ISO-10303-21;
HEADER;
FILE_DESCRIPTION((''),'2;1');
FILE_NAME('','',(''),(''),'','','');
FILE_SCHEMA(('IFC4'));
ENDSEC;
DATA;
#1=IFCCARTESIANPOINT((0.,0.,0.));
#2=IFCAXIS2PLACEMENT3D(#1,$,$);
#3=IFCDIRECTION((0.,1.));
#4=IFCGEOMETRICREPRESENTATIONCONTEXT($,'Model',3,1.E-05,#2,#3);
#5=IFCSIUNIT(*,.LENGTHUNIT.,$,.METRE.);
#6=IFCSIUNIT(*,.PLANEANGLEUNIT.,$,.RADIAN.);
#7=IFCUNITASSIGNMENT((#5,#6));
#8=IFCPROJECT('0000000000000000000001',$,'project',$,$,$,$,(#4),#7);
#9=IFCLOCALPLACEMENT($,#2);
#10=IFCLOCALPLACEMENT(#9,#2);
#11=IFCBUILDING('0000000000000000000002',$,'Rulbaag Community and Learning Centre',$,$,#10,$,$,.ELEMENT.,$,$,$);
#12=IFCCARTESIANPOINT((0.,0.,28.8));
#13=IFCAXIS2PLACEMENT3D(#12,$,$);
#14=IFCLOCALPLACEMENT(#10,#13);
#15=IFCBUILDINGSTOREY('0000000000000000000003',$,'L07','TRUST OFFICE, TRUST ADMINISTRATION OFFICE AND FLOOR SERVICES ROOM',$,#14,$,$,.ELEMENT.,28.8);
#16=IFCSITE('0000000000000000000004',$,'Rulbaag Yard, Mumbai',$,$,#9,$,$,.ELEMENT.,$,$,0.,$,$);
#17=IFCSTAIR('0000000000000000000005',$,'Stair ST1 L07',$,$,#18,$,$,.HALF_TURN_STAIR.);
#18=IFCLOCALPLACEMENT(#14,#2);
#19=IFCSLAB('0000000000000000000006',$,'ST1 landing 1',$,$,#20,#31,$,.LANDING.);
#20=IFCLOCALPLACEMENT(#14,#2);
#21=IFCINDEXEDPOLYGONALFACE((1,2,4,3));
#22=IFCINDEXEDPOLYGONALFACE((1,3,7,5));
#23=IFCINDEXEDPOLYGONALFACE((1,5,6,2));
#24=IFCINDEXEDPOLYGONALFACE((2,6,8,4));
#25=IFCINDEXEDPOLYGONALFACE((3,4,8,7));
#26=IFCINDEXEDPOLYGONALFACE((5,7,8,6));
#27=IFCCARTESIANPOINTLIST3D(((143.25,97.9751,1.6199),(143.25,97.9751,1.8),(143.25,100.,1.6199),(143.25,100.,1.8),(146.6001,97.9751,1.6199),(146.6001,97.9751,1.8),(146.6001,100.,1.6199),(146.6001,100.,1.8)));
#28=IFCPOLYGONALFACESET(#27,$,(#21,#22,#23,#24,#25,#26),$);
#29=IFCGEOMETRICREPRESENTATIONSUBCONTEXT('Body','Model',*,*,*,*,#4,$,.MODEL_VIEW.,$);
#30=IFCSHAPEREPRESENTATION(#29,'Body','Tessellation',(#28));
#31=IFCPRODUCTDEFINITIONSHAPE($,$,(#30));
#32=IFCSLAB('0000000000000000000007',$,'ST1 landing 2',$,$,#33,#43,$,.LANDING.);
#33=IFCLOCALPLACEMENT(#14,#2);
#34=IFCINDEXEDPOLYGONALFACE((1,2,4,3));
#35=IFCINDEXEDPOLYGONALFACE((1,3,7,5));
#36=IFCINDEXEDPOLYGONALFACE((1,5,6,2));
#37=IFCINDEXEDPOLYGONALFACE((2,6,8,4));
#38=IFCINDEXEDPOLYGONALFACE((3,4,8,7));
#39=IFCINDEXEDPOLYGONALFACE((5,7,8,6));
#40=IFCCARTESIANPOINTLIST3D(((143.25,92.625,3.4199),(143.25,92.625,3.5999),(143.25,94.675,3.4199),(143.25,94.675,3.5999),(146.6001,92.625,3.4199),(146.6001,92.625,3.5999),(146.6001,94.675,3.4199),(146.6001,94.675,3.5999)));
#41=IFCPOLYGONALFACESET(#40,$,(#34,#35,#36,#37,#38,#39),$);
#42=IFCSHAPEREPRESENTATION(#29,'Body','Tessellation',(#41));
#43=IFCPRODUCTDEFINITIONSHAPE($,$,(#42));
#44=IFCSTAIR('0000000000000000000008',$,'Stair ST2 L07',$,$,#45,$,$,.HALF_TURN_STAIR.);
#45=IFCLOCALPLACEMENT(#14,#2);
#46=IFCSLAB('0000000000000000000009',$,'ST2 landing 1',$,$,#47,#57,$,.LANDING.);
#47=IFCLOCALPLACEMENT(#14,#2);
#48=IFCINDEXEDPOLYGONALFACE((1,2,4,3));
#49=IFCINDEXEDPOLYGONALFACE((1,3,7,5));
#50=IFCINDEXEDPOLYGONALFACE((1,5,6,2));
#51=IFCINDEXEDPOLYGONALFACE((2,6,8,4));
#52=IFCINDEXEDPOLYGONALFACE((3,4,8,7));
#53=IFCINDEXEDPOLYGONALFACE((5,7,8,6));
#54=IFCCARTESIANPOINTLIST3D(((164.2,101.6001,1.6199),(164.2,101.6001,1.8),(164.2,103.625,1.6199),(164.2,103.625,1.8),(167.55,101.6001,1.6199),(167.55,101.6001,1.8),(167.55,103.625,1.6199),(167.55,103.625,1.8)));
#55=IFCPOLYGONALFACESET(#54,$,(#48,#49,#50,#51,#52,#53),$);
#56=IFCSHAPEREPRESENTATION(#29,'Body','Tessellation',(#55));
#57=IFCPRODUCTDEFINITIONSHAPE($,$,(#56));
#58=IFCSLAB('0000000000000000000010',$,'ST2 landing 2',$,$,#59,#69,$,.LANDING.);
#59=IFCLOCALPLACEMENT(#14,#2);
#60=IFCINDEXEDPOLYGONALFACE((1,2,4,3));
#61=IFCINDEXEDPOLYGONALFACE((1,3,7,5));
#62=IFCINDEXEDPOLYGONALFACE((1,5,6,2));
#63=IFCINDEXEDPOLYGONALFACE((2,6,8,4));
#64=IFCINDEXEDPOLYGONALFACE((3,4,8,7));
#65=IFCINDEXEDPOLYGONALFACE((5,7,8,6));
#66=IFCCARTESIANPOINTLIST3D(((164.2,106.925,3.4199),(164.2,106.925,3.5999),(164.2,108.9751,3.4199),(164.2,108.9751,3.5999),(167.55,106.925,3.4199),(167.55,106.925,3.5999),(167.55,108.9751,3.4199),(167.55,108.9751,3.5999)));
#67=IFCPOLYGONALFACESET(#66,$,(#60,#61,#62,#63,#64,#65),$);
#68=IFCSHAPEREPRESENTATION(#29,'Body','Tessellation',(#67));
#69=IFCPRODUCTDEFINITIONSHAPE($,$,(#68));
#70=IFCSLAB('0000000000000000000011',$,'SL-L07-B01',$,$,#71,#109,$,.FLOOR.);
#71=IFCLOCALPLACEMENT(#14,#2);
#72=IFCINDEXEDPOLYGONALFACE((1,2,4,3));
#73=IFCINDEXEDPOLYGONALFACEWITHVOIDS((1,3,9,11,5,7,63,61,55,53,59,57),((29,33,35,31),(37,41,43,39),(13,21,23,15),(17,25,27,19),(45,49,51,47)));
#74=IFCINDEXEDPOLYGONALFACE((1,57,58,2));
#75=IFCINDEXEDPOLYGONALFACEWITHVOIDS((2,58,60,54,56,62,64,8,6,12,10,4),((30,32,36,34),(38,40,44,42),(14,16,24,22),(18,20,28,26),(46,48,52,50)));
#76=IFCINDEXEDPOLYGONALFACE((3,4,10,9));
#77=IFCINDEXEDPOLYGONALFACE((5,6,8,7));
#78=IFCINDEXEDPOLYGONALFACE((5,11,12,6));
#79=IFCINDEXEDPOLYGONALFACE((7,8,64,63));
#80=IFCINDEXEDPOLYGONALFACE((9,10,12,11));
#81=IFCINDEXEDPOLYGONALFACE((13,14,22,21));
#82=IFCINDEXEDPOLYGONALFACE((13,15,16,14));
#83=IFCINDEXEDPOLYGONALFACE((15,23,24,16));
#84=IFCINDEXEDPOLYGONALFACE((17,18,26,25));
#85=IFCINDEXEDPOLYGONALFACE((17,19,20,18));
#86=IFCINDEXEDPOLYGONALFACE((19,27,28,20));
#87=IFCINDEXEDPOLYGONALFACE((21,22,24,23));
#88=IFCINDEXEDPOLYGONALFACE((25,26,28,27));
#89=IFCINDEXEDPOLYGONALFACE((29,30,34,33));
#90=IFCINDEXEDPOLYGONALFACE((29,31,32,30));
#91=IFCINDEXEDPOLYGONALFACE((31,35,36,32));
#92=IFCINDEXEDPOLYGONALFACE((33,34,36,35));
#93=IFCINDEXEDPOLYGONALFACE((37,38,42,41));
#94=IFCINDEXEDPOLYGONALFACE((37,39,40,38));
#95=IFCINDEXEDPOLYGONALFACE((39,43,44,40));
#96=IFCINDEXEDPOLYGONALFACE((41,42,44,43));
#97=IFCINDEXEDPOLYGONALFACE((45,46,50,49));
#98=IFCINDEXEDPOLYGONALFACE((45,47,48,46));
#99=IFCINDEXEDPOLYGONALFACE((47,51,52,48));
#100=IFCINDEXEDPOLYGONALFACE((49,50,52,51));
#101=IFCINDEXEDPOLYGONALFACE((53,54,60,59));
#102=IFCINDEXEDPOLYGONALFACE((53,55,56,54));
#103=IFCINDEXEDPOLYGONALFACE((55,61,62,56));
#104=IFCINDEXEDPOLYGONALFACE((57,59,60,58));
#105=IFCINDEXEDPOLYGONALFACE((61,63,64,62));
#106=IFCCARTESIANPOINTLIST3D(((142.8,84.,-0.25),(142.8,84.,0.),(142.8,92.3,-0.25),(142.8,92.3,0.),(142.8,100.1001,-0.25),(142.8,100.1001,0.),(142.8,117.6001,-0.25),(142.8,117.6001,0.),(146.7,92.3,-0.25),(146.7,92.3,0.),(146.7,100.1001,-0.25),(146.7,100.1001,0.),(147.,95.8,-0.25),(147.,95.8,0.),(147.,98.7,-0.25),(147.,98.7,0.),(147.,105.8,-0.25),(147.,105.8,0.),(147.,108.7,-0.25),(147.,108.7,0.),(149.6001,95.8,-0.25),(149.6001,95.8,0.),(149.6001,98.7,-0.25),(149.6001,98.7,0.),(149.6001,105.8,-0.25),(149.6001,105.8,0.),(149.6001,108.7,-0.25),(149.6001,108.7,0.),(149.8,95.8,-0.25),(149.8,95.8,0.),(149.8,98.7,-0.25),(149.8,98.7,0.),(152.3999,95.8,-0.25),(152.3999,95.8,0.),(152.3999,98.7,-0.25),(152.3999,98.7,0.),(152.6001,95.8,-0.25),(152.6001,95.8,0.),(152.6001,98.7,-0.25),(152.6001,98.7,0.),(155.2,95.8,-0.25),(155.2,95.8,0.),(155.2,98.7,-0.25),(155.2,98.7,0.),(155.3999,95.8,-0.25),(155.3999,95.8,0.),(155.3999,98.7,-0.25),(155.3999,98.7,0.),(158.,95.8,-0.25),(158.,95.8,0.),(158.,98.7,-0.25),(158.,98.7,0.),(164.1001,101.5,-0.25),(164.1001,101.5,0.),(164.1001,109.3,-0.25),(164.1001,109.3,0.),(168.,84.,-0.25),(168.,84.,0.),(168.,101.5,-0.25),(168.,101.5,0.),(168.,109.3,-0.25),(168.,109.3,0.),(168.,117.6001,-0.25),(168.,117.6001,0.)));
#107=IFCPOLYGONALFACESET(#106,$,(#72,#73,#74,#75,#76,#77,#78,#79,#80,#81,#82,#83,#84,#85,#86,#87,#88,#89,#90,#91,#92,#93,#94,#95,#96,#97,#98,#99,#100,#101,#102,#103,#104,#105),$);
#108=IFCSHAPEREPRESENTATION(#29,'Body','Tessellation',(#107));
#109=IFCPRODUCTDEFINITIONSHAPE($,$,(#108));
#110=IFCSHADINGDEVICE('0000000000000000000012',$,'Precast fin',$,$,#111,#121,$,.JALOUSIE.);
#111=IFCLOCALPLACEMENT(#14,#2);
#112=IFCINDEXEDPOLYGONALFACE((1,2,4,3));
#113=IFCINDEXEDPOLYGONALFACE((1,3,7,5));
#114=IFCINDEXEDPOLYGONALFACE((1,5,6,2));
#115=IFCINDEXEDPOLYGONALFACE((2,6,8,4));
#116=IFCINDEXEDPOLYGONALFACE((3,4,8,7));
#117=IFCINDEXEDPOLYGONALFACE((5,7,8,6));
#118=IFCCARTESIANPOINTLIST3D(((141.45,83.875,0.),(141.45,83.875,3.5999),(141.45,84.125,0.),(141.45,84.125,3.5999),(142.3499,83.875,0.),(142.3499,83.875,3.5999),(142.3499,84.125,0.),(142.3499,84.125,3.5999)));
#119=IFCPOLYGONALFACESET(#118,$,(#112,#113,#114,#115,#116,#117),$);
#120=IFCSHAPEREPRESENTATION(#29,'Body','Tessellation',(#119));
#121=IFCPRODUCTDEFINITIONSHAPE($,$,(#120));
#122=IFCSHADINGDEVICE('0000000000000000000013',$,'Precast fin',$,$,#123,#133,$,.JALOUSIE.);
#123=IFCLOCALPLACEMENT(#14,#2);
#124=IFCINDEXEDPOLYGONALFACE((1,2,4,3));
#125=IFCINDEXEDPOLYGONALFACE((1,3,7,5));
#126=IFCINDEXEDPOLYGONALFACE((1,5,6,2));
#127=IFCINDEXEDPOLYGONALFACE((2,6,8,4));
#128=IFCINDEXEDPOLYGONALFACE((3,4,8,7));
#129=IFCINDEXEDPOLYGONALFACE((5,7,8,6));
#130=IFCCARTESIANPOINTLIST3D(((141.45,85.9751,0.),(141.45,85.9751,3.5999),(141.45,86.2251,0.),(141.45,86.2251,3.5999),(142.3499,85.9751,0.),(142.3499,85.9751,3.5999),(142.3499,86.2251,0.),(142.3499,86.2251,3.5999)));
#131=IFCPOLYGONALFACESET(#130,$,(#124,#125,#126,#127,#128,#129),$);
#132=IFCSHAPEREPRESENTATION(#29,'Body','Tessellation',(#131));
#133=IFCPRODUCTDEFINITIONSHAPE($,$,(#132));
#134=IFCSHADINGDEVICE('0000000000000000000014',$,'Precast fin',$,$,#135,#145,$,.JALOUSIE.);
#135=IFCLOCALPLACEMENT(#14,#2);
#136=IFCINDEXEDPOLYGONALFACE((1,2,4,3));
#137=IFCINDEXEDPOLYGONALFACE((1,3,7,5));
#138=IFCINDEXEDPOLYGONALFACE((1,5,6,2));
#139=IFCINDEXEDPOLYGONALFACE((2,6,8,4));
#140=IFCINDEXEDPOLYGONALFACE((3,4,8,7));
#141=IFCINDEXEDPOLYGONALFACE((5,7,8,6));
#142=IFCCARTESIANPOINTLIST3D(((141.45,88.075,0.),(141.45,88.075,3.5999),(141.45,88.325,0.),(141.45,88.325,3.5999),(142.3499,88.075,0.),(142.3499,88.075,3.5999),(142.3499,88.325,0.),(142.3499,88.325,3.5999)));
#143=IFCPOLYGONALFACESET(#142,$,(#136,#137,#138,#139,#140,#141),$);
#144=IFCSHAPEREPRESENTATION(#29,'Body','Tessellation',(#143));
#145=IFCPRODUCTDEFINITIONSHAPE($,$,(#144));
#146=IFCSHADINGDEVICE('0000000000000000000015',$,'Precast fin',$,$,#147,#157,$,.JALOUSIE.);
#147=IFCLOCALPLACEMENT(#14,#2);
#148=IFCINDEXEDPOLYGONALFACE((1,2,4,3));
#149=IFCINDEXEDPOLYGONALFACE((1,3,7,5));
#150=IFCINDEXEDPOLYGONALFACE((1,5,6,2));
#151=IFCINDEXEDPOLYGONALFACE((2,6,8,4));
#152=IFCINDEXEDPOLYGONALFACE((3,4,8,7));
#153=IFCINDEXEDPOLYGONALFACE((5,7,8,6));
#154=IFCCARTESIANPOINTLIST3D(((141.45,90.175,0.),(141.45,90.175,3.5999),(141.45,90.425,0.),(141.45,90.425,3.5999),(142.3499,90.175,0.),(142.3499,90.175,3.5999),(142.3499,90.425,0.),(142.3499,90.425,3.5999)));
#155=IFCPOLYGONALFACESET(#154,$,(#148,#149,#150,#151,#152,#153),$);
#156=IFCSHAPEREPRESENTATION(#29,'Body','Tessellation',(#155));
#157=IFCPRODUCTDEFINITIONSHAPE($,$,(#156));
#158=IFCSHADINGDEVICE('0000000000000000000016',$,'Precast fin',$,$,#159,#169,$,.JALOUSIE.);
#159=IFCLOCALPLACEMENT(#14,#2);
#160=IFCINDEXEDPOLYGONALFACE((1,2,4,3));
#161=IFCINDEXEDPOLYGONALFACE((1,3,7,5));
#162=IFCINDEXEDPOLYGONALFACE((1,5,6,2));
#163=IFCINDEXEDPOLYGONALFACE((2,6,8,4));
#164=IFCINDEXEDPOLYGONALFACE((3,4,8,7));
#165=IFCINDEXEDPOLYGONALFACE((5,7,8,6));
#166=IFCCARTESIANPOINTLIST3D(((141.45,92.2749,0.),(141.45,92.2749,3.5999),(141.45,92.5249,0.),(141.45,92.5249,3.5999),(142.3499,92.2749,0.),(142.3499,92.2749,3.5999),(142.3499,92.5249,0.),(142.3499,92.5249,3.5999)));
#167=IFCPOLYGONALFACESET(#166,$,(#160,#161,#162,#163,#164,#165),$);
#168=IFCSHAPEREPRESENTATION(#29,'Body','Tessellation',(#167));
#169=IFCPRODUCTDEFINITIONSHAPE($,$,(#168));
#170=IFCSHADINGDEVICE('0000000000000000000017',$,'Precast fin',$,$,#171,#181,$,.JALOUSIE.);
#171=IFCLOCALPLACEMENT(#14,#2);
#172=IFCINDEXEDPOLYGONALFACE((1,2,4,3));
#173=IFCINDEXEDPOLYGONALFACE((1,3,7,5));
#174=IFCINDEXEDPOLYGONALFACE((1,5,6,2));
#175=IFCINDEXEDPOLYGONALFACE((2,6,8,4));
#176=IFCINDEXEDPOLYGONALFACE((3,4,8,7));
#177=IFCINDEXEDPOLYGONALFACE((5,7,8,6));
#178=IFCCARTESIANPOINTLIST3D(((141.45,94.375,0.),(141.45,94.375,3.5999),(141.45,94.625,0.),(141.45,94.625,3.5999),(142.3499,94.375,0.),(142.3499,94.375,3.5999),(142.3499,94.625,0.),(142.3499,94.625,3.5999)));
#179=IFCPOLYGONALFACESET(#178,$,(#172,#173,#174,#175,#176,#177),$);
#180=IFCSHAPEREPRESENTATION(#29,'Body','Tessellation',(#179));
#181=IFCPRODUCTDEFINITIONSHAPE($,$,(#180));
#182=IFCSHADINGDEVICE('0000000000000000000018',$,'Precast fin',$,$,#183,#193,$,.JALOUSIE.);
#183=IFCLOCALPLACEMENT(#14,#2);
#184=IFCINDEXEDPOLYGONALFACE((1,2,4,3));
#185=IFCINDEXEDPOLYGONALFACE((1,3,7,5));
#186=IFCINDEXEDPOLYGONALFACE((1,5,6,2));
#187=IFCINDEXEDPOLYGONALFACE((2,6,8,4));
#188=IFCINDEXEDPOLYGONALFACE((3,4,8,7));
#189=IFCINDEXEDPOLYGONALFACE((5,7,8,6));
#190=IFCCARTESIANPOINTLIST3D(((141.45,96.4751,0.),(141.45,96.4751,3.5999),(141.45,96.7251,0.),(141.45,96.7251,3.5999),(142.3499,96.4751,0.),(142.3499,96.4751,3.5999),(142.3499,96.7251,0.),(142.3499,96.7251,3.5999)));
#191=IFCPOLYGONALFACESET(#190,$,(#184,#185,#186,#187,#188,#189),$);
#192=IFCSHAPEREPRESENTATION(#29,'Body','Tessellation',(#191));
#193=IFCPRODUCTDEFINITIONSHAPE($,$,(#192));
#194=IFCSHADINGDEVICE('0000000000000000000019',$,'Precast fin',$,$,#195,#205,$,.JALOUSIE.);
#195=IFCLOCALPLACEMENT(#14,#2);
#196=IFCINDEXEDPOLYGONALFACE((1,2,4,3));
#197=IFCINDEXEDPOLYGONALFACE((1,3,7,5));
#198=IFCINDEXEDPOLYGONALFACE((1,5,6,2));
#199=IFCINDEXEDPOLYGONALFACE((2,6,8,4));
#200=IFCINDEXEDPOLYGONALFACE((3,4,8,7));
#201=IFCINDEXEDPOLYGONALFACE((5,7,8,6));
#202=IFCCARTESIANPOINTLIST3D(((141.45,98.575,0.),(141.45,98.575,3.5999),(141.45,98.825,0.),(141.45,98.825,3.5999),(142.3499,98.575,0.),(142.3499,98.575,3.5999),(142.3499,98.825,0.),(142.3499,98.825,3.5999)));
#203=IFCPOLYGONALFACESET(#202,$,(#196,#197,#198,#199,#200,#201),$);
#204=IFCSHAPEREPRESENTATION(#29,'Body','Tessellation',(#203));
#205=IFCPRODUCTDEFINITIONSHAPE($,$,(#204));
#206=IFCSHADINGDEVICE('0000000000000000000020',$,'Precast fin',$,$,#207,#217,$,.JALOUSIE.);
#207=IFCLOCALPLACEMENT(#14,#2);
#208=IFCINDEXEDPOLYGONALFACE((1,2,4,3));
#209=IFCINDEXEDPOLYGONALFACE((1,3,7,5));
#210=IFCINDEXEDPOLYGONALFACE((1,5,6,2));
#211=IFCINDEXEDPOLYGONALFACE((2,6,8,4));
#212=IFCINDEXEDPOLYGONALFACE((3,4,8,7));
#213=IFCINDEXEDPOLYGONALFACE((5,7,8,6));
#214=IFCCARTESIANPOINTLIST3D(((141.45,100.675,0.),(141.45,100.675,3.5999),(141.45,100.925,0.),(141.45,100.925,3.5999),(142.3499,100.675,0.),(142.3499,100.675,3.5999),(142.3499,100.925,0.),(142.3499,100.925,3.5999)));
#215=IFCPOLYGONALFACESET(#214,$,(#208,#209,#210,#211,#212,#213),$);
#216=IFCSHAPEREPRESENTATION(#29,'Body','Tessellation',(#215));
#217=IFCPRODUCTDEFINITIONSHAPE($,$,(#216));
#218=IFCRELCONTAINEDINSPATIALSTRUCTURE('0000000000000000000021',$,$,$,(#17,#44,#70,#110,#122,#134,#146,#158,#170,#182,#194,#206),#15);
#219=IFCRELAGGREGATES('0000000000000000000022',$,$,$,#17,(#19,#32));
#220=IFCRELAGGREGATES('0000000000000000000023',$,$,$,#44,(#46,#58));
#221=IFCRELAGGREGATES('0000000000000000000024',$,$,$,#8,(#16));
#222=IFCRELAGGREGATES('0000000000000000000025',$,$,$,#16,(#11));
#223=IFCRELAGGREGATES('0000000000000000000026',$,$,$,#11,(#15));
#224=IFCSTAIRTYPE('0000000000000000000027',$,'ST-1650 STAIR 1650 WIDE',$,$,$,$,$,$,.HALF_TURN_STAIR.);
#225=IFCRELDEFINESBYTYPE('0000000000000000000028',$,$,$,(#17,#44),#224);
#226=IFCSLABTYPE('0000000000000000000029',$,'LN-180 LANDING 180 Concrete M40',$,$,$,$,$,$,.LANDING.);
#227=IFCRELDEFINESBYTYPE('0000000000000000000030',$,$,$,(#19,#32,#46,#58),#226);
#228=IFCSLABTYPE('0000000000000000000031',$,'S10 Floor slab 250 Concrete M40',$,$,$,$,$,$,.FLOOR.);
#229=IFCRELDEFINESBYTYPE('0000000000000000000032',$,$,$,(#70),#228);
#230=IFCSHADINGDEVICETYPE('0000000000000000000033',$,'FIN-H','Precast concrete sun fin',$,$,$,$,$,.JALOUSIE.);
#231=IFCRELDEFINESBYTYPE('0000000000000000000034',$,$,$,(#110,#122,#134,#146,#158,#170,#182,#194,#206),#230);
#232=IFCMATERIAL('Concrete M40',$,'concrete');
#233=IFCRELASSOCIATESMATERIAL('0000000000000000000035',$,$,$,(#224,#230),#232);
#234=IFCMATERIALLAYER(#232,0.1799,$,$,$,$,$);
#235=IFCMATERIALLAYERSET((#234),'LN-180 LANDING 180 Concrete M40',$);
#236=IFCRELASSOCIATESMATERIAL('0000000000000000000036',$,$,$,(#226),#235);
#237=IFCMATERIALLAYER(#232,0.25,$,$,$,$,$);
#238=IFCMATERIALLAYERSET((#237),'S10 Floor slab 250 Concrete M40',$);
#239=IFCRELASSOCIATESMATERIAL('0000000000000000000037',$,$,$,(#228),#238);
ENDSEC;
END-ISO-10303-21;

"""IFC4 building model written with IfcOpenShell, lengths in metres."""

from ifc_helpers import new_model, si_unit, direction, frame, origin, origin_2d, place, context, subcontext, project, spatial, polyline, rectangle, outline, extrude, material, layer, layer_set, material_profile, profile_set, type_object, element, aggregate, save


model = new_model("IFC4")

# Units and contexts
model_context = context("Model", 3, precision=1e-05, world=origin(), true_north=direction((0.0, 1.0)))
body_context = subcontext(model_context, "Body", "Model", "MODEL_VIEW")
ifc_project = project(units=[si_unit("LENGTHUNIT", "METRE"), si_unit("PLANEANGLEUNIT", "RADIAN")], contexts=[model_context])

# Site, building, storey
site_placement = place(None, origin())
site = spatial("IfcSite", under=ifc_project, at=site_placement, Name="Rulbaag Yard, Mumbai", CompositionType="ELEMENT", RefElevation=0.0)
building_placement = place(site_placement, origin())
building = spatial("IfcBuilding", under=site, at=building_placement, Name="Rulbaag Community and Learning Centre", CompositionType="ELEMENT")
storey_placement = place(building_placement, frame((0.0, 0.0, 28.8)))
storey = spatial("IfcBuildingStorey", under=building, at=storey_placement, Name="L07", Description="TRUST OFFICE, TRUST ADMINISTRATION OFFICE AND FLOOR SERVICES ROOM", CompositionType="ELEMENT", Elevation=28.8)

# Stairs, slabs
ifc_material_1 = material(Name="Concrete M40", Category="concrete")
stair_type = type_object("IfcStairType", Name="ST-1650 STAIR 1650 WIDE", PredefinedType="HALF_TURN_STAIR", material=ifc_material_1)
stair_1_placement = place(storey_placement, origin())
stair_1 = element("IfcStair", 1, at=stair_1_placement, inside=storey, type_object=stair_type, Name="Stair ST1 L07", PredefinedType="HALF_TURN_STAIR")
ifc_layer_1 = layer(ifc_material_1, 0.1799)
ifc_layer_set_1 = layer_set([ifc_layer_1], Name="LN-180 LANDING 180 Concrete M40")
slab_type_1 = type_object("IfcSlabType", Name="LN-180 LANDING 180 Concrete M40", PredefinedType="LANDING", material=ifc_layer_set_1)
slab_1_placement = place(storey_placement, frame((0.0, 0.0, 1.6199)))
slab_1 = element("IfcSlab", 2, at=slab_1_placement, type_object=slab_type_1, Name="ST1 landing 1", PredefinedType="LANDING", context=body_context, shape_type="SweptSolid", body=[
    extrude(outline(polyline([(143.25, 97.9751), (143.25, 100.0), (146.6001, 100.0), (146.6001, 97.9751), (143.25, 97.9751)])), origin(), (0.0, 0.0, 1.0), 0.1802),
])
slab_2_placement = place(storey_placement, frame((0.0, 0.0, 3.4199)))
slab_2 = element("IfcSlab", 3, at=slab_2_placement, type_object=slab_type_1, Name="ST1 landing 2", PredefinedType="LANDING", context=body_context, shape_type="SweptSolid", body=[
    extrude(outline(polyline([(143.25, 92.625), (143.25, 94.675), (146.6001, 94.675), (146.6001, 92.625), (143.25, 92.625)])), origin(), (0.0, 0.0, 1.0), 0.1799),
])
aggregate(stair_1, [slab_1, slab_2])
stair_2_placement = place(storey_placement, origin())
stair_2 = element("IfcStair", 4, at=stair_2_placement, inside=storey, type_object=stair_type, Name="Stair ST2 L07", PredefinedType="HALF_TURN_STAIR")
slab_3_placement = place(storey_placement, frame((0.0, 0.0, 1.6199)))
slab_3 = element("IfcSlab", 5, at=slab_3_placement, type_object=slab_type_1, Name="ST2 landing 1", PredefinedType="LANDING", context=body_context, shape_type="SweptSolid", body=[
    extrude(outline(polyline([(164.2, 101.6001), (164.2, 103.625), (167.55, 103.625), (167.55, 101.6001), (164.2, 101.6001)])), origin(), (0.0, 0.0, 1.0), 0.1802),
])
slab_4_placement = place(storey_placement, frame((0.0, 0.0, 3.4199)))
slab_4 = element("IfcSlab", 6, at=slab_4_placement, type_object=slab_type_1, Name="ST2 landing 2", PredefinedType="LANDING", context=body_context, shape_type="SweptSolid", body=[
    extrude(outline(polyline([(164.2, 106.925), (164.2, 108.9751), (167.55, 108.9751), (167.55, 106.925), (164.2, 106.925)])), origin(), (0.0, 0.0, 1.0), 0.1799),
])
aggregate(stair_2, [slab_3, slab_4])

# Slab
ifc_layer_2 = layer(ifc_material_1, 0.25)
ifc_layer_set_2 = layer_set([ifc_layer_2], Name="S10 Floor slab 250 Concrete M40")
slab_type_2 = type_object("IfcSlabType", Name="S10 Floor slab 250 Concrete M40", PredefinedType="FLOOR", material=ifc_layer_set_2)
slab_5_placement = place(storey_placement, frame((0.0, 0.0, -0.25)))
element("IfcSlab", 7, at=slab_5_placement, inside=storey, type_object=slab_type_2, Name="SL-L07-B01", PredefinedType="FLOOR", context=body_context, shape_type="SweptSolid", body=[
    extrude(outline(polyline([(168.0, 84.0), (142.8, 84.0), (142.8, 92.3), (146.7, 92.3), (146.7, 100.1001), (142.8, 100.1001), (142.8, 117.6001), (168.0, 117.6001), (168.0, 109.3), (164.1001, 109.3), (164.1001, 101.5), (168.0, 101.5), (168.0, 84.0)]), holes=[polyline([(147.0, 98.7), (147.0, 95.8), (149.6001, 95.8), (149.6001, 98.7), (147.0, 98.7)]), polyline([(149.8, 98.7), (149.8, 95.8), (152.3999, 95.8), (152.3999, 98.7), (149.8, 98.7)]), polyline([(152.6001, 98.7), (152.6001, 95.8), (155.2, 95.8), (155.2, 98.7), (152.6001, 98.7)]), polyline([(155.3999, 98.7), (155.3999, 95.8), (158.0, 95.8), (158.0, 98.7), (155.3999, 98.7)]), polyline([(147.0, 108.7), (147.0, 105.8), (149.6001, 105.8), (149.6001, 108.7), (147.0, 108.7)])]), origin(), (0.0, 0.0, 1.0), 0.25),
])

# Shading devices
ifc_material_profile = material_profile(ifc_material_1, rectangle(XDim=0.25, YDim=0.8999, at=origin_2d()), Name="PC 250x900")
ifc_profile_set = profile_set([ifc_material_profile], Name="Concrete M40")
shading_device_type = type_object("IfcShadingDeviceType", Name="FIN-H", Description="Precast concrete sun fin", PredefinedType="JALOUSIE", material=ifc_profile_set)
for number, where, z_axis, x_axis, name in (
    (8, (141.8999, 84.0, 0.0), (0.0, 0.0, 1.0), (0.0, 1.0, 0.0), "Precast fin"),
    (9, (141.8999, 86.1001, 0.0), (0.0, 0.0, 1.0), (0.0, 1.0, 0.0), "Precast fin"),
    (10, (141.8999, 88.2, 0.0), (0.0, 0.0, 1.0), (0.0, 1.0, 0.0), "Precast fin"),
    (11, (141.8999, 90.3, 0.0), (0.0, 0.0, 1.0), (0.0, 1.0, 0.0), "Precast fin"),
    (12, (141.8999, 92.3999, 0.0), (0.0, 0.0, 1.0), (0.0, 1.0, 0.0), "Precast fin"),
    (13, (141.8999, 94.5, 0.0), (0.0, 0.0, 1.0), (0.0, 1.0, 0.0), "Precast fin"),
    (14, (141.8999, 96.6001, 0.0), (0.0, 0.0, 1.0), (0.0, 1.0, 0.0), "Precast fin"),
    (15, (141.8999, 98.7, 0.0), (0.0, 0.0, 1.0), (0.0, 1.0, 0.0), "Precast fin"),
    (16, (141.8999, 100.8, 0.0), (0.0, 0.0, 1.0), (0.0, 1.0, 0.0), "Precast fin"),
):
    element("IfcShadingDevice", number, at=place(storey_placement, frame(where, z_axis=z_axis, x_axis=x_axis)), inside=storey, type_object=shading_device_type, Name=name, PredefinedType="JALOUSIE", context=body_context, shape_type="SweptSolid", body=[
        extrude(rectangle(XDim=0.25, YDim=0.8999, at=origin_2d()), origin(), (0.0, 0.0, 1.0), 3.5999),
    ])

save(model, "model.ifc")
